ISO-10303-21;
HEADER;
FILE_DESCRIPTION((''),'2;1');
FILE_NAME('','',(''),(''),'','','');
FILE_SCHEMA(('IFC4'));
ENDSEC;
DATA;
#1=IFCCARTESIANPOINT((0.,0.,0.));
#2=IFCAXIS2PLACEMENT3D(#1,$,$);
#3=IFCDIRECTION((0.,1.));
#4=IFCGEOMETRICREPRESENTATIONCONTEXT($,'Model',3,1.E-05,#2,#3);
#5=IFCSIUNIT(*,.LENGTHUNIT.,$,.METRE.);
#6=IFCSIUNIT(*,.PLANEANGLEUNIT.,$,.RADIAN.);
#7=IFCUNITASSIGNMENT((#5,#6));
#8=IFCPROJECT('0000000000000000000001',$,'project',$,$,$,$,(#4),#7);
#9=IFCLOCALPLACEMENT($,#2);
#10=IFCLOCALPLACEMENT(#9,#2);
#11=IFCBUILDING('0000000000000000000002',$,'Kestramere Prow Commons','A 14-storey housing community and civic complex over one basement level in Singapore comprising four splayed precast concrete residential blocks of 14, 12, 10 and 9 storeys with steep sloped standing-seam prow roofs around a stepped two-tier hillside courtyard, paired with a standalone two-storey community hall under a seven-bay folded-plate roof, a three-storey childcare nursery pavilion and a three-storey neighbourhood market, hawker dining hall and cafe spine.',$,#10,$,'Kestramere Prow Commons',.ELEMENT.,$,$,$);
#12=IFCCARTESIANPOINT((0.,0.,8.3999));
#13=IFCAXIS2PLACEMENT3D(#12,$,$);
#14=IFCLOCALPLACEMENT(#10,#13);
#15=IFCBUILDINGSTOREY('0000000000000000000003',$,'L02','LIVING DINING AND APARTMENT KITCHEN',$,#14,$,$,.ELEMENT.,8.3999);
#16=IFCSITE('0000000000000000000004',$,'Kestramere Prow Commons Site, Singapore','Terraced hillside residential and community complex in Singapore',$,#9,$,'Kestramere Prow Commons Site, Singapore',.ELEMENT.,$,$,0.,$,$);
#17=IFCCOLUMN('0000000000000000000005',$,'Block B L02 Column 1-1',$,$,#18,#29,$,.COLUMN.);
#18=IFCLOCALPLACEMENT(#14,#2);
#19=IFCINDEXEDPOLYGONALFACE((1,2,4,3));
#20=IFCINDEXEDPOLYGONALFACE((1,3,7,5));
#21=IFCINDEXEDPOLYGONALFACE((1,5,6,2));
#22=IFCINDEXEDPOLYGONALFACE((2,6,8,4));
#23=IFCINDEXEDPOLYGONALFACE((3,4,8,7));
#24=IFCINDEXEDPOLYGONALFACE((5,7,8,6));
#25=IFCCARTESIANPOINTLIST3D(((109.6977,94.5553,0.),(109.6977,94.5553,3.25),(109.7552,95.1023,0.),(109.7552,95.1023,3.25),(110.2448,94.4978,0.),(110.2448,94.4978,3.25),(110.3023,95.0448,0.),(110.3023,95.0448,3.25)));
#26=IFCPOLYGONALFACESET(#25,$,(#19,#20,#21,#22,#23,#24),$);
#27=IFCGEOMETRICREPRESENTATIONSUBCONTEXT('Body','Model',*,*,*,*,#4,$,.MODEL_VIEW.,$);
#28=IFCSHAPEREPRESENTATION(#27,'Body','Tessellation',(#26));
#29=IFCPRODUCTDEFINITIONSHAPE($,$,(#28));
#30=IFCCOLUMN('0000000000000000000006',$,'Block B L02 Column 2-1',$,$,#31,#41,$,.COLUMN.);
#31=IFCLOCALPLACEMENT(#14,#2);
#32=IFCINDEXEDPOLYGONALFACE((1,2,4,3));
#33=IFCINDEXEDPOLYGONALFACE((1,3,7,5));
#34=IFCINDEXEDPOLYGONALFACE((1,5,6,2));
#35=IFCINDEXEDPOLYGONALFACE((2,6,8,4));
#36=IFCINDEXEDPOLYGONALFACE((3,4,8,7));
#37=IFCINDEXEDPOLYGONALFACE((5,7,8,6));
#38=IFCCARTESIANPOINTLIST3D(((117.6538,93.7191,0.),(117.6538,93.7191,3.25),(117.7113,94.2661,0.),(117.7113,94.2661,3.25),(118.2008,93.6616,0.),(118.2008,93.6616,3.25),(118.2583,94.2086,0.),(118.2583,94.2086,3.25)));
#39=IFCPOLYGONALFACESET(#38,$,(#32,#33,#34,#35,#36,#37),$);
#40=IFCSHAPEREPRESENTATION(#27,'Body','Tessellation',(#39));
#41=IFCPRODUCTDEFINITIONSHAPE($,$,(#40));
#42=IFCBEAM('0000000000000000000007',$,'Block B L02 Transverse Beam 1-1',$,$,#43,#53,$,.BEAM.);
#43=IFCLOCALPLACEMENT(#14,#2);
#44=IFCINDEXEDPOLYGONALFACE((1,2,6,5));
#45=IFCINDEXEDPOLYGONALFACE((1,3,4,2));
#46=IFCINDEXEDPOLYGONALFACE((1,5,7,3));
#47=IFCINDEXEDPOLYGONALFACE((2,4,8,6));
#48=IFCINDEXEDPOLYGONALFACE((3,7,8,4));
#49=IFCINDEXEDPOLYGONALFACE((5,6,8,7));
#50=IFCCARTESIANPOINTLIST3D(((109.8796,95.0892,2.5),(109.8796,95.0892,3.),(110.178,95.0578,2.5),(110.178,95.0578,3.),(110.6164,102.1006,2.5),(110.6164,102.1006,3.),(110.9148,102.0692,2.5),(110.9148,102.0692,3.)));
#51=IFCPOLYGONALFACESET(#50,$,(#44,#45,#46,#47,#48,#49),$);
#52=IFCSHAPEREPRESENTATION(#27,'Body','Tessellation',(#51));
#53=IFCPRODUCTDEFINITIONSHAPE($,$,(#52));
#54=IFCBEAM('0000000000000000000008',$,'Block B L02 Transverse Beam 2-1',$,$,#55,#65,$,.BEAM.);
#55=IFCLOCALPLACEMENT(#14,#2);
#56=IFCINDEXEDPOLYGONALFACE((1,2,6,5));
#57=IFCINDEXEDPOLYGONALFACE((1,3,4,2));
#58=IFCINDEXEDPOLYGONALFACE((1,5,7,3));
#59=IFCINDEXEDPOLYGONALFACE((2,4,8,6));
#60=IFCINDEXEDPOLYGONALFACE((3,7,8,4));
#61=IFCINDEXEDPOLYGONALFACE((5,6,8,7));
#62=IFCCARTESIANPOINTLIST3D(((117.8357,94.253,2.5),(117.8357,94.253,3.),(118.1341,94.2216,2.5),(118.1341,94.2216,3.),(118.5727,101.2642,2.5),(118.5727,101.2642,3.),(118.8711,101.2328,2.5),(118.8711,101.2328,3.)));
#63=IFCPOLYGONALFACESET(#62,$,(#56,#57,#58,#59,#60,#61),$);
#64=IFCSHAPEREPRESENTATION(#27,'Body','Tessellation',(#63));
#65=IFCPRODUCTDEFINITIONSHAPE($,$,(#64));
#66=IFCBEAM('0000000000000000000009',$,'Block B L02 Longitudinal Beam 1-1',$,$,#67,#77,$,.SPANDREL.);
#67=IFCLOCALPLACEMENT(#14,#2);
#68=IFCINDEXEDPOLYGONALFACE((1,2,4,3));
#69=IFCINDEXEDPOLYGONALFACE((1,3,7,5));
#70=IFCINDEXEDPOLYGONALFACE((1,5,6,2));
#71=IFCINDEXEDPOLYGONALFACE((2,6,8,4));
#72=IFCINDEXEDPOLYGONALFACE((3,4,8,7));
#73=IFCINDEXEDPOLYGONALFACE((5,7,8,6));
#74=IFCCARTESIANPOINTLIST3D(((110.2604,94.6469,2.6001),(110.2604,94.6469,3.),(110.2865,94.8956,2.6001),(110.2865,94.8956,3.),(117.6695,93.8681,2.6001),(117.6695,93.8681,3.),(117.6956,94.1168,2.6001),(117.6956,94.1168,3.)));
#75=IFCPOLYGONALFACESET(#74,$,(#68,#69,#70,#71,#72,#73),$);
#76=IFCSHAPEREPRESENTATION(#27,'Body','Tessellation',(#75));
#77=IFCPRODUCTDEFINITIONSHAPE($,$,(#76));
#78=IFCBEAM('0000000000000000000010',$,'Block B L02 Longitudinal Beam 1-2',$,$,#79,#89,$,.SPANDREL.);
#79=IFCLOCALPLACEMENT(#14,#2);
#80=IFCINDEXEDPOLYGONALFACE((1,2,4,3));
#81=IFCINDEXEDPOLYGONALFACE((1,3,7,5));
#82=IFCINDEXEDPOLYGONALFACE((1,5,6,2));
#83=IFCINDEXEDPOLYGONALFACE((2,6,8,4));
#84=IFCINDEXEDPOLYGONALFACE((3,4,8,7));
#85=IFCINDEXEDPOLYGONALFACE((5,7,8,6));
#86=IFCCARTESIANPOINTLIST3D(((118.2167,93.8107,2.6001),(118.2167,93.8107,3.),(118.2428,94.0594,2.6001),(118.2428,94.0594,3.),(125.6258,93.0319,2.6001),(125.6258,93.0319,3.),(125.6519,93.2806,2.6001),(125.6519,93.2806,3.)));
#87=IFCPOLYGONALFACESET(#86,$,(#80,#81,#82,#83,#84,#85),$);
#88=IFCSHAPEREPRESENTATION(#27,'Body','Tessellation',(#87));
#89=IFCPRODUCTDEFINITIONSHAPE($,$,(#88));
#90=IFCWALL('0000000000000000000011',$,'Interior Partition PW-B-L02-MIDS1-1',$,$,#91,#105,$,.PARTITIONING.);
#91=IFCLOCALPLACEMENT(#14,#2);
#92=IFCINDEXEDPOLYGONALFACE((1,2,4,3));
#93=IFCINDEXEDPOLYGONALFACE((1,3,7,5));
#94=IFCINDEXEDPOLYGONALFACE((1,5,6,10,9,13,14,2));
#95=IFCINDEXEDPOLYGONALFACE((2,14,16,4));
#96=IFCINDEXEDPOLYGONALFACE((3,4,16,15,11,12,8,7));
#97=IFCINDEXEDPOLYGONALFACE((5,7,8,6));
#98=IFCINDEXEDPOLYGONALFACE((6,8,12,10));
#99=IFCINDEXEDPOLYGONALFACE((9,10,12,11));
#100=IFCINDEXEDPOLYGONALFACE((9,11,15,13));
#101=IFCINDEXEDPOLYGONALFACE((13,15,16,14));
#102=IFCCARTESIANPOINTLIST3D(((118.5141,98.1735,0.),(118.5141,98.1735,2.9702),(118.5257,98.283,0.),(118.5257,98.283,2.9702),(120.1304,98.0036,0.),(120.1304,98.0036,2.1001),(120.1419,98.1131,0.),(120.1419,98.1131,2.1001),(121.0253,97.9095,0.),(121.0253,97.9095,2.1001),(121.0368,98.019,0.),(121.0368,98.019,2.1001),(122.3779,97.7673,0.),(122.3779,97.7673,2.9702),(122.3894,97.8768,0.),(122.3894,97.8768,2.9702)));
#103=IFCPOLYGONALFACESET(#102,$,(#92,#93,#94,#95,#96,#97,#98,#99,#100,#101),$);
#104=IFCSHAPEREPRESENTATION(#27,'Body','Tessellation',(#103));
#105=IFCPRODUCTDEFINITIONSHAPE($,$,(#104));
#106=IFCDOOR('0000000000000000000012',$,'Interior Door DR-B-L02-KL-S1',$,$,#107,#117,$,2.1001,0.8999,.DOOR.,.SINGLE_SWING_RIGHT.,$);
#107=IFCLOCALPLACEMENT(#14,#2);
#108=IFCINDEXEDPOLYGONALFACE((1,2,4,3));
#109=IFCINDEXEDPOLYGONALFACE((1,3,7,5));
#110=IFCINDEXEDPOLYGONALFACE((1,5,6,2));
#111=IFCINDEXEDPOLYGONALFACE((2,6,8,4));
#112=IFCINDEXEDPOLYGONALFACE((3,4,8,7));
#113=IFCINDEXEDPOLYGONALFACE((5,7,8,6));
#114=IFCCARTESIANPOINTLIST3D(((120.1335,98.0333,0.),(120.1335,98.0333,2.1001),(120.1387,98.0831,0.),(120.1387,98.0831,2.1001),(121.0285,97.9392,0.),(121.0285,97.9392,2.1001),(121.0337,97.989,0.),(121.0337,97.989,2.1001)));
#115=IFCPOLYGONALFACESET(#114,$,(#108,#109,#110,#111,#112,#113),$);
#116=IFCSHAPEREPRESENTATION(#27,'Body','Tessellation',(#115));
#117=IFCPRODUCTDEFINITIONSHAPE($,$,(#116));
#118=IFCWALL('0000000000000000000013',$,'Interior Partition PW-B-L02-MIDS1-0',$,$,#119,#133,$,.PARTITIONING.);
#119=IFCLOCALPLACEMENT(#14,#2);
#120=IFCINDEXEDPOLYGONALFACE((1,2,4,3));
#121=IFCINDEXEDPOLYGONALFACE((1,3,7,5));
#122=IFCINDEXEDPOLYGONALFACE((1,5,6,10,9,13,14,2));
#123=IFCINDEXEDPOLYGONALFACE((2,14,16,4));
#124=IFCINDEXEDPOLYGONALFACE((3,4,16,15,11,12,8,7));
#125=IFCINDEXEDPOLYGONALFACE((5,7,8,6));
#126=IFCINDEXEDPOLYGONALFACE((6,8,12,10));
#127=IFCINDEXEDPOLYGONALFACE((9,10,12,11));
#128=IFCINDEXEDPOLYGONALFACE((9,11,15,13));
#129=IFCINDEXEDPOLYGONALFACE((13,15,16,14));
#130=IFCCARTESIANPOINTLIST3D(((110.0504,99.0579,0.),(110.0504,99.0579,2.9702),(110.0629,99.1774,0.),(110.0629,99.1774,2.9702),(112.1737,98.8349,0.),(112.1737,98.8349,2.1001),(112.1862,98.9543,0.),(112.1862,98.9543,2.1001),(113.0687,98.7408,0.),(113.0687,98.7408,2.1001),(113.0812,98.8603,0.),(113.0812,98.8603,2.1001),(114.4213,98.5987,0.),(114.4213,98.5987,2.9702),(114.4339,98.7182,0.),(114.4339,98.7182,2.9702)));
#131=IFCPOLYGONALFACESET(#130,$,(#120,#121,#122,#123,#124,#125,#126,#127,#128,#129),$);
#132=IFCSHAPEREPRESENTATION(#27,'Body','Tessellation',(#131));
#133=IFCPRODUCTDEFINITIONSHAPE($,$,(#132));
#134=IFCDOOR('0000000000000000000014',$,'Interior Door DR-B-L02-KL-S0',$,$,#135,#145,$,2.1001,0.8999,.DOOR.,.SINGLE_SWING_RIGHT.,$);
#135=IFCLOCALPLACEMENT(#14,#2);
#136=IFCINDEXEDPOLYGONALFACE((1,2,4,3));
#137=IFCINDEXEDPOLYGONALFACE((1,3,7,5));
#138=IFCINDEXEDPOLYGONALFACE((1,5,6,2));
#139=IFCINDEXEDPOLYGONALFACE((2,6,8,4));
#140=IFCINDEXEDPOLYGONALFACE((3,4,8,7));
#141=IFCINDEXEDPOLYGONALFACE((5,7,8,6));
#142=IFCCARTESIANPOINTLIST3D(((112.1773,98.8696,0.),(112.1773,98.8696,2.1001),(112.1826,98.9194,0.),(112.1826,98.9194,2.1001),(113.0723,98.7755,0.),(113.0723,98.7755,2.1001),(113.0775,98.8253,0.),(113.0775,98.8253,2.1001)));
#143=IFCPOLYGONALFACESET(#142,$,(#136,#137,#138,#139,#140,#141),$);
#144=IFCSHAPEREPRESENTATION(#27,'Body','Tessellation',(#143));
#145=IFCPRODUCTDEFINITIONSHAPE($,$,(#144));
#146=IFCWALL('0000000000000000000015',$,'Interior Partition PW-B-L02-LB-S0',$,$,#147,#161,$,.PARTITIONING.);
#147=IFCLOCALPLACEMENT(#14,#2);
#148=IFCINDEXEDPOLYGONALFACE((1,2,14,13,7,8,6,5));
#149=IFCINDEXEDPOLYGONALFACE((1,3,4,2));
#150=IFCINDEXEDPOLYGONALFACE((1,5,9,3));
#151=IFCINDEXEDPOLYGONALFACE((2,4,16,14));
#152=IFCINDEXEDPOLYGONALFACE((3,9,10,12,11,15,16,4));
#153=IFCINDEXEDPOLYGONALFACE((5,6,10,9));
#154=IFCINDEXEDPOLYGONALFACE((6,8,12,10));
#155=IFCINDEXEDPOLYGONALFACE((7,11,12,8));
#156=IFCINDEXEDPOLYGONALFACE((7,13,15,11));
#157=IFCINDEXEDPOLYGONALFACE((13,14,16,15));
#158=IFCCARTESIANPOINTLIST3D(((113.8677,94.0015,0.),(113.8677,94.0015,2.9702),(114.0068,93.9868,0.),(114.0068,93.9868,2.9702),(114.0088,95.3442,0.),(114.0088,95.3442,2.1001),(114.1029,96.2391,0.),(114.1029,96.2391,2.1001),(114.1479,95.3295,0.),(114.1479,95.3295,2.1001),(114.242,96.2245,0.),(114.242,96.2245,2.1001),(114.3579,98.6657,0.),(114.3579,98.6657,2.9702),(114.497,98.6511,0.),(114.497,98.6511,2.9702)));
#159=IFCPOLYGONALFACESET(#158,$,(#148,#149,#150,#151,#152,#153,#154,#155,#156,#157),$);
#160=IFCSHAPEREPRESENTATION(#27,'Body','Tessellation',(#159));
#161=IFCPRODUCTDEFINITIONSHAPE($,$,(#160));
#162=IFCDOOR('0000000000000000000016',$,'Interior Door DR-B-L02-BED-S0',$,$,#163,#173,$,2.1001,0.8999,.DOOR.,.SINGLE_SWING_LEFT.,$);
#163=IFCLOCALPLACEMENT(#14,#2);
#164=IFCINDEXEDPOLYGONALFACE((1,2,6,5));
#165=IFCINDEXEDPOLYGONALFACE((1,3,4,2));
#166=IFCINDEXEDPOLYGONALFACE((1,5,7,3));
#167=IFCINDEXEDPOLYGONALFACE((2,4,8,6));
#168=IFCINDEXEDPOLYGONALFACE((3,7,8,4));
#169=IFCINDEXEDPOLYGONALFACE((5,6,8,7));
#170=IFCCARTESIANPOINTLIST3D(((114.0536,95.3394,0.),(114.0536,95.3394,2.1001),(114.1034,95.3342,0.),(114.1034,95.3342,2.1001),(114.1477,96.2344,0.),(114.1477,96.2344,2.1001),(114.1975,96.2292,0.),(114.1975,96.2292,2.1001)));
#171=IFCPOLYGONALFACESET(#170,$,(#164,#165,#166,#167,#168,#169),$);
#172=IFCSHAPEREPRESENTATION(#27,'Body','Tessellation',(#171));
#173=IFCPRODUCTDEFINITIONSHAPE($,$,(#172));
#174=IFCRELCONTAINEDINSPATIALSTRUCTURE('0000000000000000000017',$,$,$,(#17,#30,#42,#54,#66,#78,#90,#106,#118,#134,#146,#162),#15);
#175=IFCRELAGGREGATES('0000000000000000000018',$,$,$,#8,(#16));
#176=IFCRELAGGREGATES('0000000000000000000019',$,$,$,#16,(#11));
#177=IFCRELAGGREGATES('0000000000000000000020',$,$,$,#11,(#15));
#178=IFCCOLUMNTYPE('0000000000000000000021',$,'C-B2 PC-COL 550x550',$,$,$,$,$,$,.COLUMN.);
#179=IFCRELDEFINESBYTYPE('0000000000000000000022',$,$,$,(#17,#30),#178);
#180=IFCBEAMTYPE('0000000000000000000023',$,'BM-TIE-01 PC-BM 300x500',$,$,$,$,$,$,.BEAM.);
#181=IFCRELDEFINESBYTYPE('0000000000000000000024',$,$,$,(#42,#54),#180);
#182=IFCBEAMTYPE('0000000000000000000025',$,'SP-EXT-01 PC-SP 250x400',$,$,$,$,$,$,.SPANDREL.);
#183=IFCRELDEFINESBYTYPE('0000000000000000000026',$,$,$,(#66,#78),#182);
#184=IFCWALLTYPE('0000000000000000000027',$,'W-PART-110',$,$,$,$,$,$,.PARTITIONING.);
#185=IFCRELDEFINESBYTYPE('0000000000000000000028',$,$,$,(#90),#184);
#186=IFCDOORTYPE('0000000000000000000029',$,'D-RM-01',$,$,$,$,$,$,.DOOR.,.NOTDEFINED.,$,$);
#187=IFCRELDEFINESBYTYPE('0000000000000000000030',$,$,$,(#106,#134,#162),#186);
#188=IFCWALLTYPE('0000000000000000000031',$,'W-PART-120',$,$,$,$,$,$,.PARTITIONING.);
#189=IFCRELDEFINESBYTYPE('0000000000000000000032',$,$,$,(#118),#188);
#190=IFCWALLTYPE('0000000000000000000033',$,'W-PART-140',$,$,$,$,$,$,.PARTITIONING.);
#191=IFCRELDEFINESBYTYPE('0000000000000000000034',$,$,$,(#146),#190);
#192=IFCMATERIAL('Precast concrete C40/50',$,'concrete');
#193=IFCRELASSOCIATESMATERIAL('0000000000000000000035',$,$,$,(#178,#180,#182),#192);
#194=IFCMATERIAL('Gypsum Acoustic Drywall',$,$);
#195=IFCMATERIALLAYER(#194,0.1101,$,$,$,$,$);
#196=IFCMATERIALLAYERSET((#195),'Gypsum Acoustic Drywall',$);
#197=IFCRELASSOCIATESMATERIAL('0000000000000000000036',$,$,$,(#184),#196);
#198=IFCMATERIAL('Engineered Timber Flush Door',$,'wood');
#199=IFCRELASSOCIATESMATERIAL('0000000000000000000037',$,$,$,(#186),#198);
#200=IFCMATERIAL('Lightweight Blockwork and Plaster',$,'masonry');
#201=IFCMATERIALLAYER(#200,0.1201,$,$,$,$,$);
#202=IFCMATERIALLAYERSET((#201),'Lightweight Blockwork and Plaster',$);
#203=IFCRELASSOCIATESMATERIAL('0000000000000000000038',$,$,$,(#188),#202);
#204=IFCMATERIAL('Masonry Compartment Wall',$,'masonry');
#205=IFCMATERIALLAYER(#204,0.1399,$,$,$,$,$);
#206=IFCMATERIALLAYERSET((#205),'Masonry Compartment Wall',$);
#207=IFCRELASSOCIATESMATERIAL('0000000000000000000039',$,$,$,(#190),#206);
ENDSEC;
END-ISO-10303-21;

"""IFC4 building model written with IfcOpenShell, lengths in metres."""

from ifc_helpers import new_model, si_unit, direction, frame, frame_2d, origin, origin_2d, place, context, subcontext, project, spatial, rectangle, extrude, material, layer, layer_set, material_profile, profile_set, type_object, element, fill, save


model = new_model("IFC4")

# Units and contexts
model_context = context("Model", 3, precision=1e-05, world=origin(), true_north=direction((0.0, 1.0)))
body_context = subcontext(model_context, "Body", "Model", "MODEL_VIEW")
ifc_project = project(units=[si_unit("LENGTHUNIT", "METRE"), si_unit("PLANEANGLEUNIT", "RADIAN")], contexts=[model_context])

# Site, building, storey
site_placement = place(None, origin())
site = spatial("IfcSite", under=ifc_project, at=site_placement, Name="Kestramere Prow Commons Site, Singapore", Description="Terraced hillside residential and community complex in Singapore", LongName="Kestramere Prow Commons Site, Singapore", CompositionType="ELEMENT", RefElevation=0.0)
building_placement = place(site_placement, origin())
building = spatial("IfcBuilding", under=site, at=building_placement, Name="Kestramere Prow Commons", Description="A 14-storey housing community and civic complex over one basement level in Singapore comprising four splayed precast concrete residential blocks of 14, 12, 10 and 9 storeys with steep sloped standing-seam prow roofs around a stepped two-tier hillside courtyard, paired with a standalone two-storey community hall under a seven-bay folded-plate roof, a three-storey childcare nursery pavilion and a three-storey neighbourhood market, hawker dining hall and cafe spine.", LongName="Kestramere Prow Commons", CompositionType="ELEMENT")
storey_placement = place(building_placement, frame((0.0, 0.0, 8.3999)))
storey = spatial("IfcBuildingStorey", under=building, at=storey_placement, Name="L02", Description="LIVING DINING AND APARTMENT KITCHEN", CompositionType="ELEMENT", Elevation=8.3999)

# Columns
ifc_material_1 = material(Name="Precast concrete C40/50", Category="concrete")
ifc_material_profile_1 = material_profile(ifc_material_1, rectangle(XDim=0.55, YDim=0.55, at=origin_2d()), Name="PC-COL 550x550")
ifc_profile_set_1 = profile_set([ifc_material_profile_1], Name="Precast concrete C40/50")
column_type = type_object("IfcColumnType", Name="C-B2 PC-COL 550x550", PredefinedType="COLUMN", material=ifc_profile_set_1)
for number, where, z_axis, x_axis, name in (
    (1, (110.0, 94.8, 0.0), (0.0, 0.0, 1.0), (0.994522, -0.104528, 0.0), "Block B L02 Column 1-1"),
    (2, (117.9561, 93.9639, 0.0), (0.0, 0.0, 1.0), (0.994522, -0.104528, 0.0), "Block B L02 Column 2-1"),
):
    element("IfcColumn", number, at=place(storey_placement, frame(where, z_axis=z_axis, x_axis=x_axis)), inside=storey, type_object=column_type, Name=name, PredefinedType="COLUMN", context=body_context, shape_type="SweptSolid", body=[
        extrude(rectangle(XDim=0.55, YDim=0.55, at=origin_2d()), origin(), (0.0, 0.0, 1.0), 3.25),
    ])

# Beams
ifc_material_profile_2 = material_profile(ifc_material_1, rectangle(XDim=0.3, YDim=0.5, at=origin_2d()), Name="PC-BM 300x500")
ifc_profile_set_2 = profile_set([ifc_material_profile_2], Name="Precast concrete C40/50")
beam_type_1 = type_object("IfcBeamType", Name="BM-TIE-01 PC-BM 300x500", PredefinedType="BEAM", material=ifc_profile_set_2)
beam_1_placement = place(storey_placement, frame((110.0288, 95.0735, 2.75), z_axis=(0.104512, 0.994524, 0.0), x_axis=(-0.994524, 0.104512, 0.0)))
element("IfcBeam", 3, at=beam_1_placement, inside=storey, type_object=beam_type_1, Name="Block B L02 Transverse Beam 1-1", PredefinedType="BEAM", context=body_context, shape_type="SweptSolid", body=[
    extrude(rectangle(XDim=0.3, YDim=0.5, at=origin_2d()), origin(), (0.0, 0.0, 1.0), 7.05),
])
beam_2_placement = place(storey_placement, frame((117.9849, 94.2373, 2.75), z_axis=(0.10455, 0.99452, 0.0), x_axis=(-0.99452, 0.10455, 0.0)))
element("IfcBeam", 4, at=beam_2_placement, inside=storey, type_object=beam_type_1, Name="Block B L02 Transverse Beam 2-1", PredefinedType="BEAM", context=body_context, shape_type="SweptSolid", body=[
    extrude(rectangle(XDim=0.3, YDim=0.5, at=origin_2d()), origin(), (0.0, 0.0, 1.0), 7.0498),
])
ifc_material_profile_3 = material_profile(ifc_material_1, rectangle(XDim=0.25, YDim=0.3999, at=origin_2d()), Name="PC-SP 250x400")
ifc_profile_set_3 = profile_set([ifc_material_profile_3], Name="Precast concrete C40/50")
beam_type_2 = type_object("IfcBeamType", Name="SP-EXT-01 PC-SP 250x400", PredefinedType="SPANDREL", material=ifc_profile_set_3)
for number, where, z_axis, x_axis, name in (
    (5, (110.2734, 94.7712, 2.8), (0.994521, -0.104538, 0.0), (0.104538, 0.994521, 0.0), "Block B L02 Longitudinal Beam 1-1"),
    (6, (118.2297, 93.9351, 2.8), (0.994521, -0.104538, 0.0), (0.104538, 0.994521, 0.0), "Block B L02 Longitudinal Beam 1-2"),
):
    element("IfcBeam", number, at=place(storey_placement, frame(where, z_axis=z_axis, x_axis=x_axis)), inside=storey, type_object=beam_type_2, Name=name, PredefinedType="SPANDREL", context=body_context, shape_type="SweptSolid", body=[
        extrude(rectangle(XDim=0.25, YDim=0.3999, at=origin_2d()), origin(), (0.0, 0.0, 1.0), 7.45),
    ])

# Walls, openings, doors
ifc_material_2 = material(Name="Gypsum Acoustic Drywall")
ifc_layer_1 = layer(ifc_material_2, 0.1101)
ifc_layer_set_1 = layer_set([ifc_layer_1], Name="Gypsum Acoustic Drywall")
wall_type_1 = type_object("IfcWallType", Name="W-PART-110", PredefinedType="PARTITIONING", material=ifc_layer_set_1)
wall_1_placement = place(storey_placement, frame((118.52, 98.2283, 0.0), z_axis=(0.0, 0.0, 1.0), x_axis=(0.994518, -0.104567, 0.0)))
wall_1 = element("IfcWall", 7, at=wall_1_placement, inside=storey, type_object=wall_type_1, Name="Interior Partition PW-B-L02-MIDS1-1", PredefinedType="PARTITIONING", context=body_context, shape_type="SweptSolid", body=[
    extrude(rectangle(XDim=3.885, YDim=0.1101, at=frame_2d((1.9424, 0.0))), origin(), (0.0, 0.0, 1.0), 2.9702),
])
opening_1_placement = place(wall_1_placement, frame((1.625, 0.0, 0.0)))
opening_1 = element("IfcOpeningElement", 8, at=opening_1_placement, cuts=wall_1, PredefinedType="OPENING", context=body_context, shape_type="SweptSolid", body=[
    extrude(rectangle(XDim=0.8999, YDim=2.1001, at=frame_2d((0.45, 1.05))), frame((0.0, 0.0701, 0.0), z_axis=(0.0, -1.0, 0.0), x_axis=(1.0, 0.0, 0.0)), (0.0, 0.0, 1.0), 0.1401),
])
ifc_material_3 = material(Name="Engineered Timber Flush Door", Category="wood")
door_type_1 = type_object("IfcDoorType", Name="D-RM-01", OperationType="NOTDEFINED", PredefinedType="DOOR", material=ifc_material_3)
door_1_placement = place(opening_1_placement, origin())
door_1 = element("IfcDoor", 9, at=door_1_placement, inside=storey, type_object=door_type_1, Name="Interior Door DR-B-L02-KL-S1", OperationType="SINGLE_SWING_RIGHT", OverallHeight=2.1001, OverallWidth=0.8999, PredefinedType="DOOR", context=body_context, shape_type="SweptSolid", body=[
    extrude(rectangle(XDim=0.8999, YDim=2.1001, at=frame_2d((0.45, 1.05))), frame((0.0, 0.0249, 0.0), z_axis=(0.0, -1.0, 0.0), x_axis=(1.0, 0.0, 0.0)), (0.0, 0.0, 1.0), 0.05),
])
fill(opening_1, door_1)
ifc_material_4 = material(Name="Lightweight Blockwork and Plaster", Category="masonry")
ifc_layer_2 = layer(ifc_material_4, 0.1201)
ifc_layer_set_2 = layer_set([ifc_layer_2], Name="Lightweight Blockwork and Plaster")
wall_type_2 = type_object("IfcWallType", Name="W-PART-120", PredefinedType="PARTITIONING", material=ifc_layer_set_2)
wall_2_placement = place(storey_placement, frame((110.0566, 99.1177, 0.0), z_axis=(0.0, 0.0, 1.0), x_axis=(0.994526, -0.104491, 0.0)))
wall_2 = element("IfcWall", 10, at=wall_2_placement, inside=storey, type_object=wall_type_2, Name="Interior Partition PW-B-L02-MIDS1-0", PredefinedType="PARTITIONING", context=body_context, shape_type="SweptSolid", body=[
    extrude(rectangle(XDim=4.395, YDim=0.1201, at=frame_2d((2.1975, 0.0))), origin(), (0.0, 0.0, 1.0), 2.9702),
])
opening_2_placement = place(wall_2_placement, frame((2.135, 0.0, 0.0)))
opening_2 = element("IfcOpeningElement", 11, at=opening_2_placement, cuts=wall_2, PredefinedType="OPENING", context=body_context, shape_type="SweptSolid", body=[
    extrude(rectangle(XDim=0.8999, YDim=2.1001, at=frame_2d((0.45, 1.05))), frame((0.0, 0.075, 0.0), z_axis=(0.0, -1.0, 0.0), x_axis=(1.0, 0.0, 0.0)), (0.0, 0.0, 1.0), 0.1501),
])
door_2_placement = place(opening_2_placement, origin())
door_2 = element("IfcDoor", 12, at=door_2_placement, inside=storey, type_object=door_type_1, Name="Interior Door DR-B-L02-KL-S0", OperationType="SINGLE_SWING_RIGHT", OverallHeight=2.1001, OverallWidth=0.8999, PredefinedType="DOOR", context=body_context, shape_type="SweptSolid", body=[
    extrude(rectangle(XDim=0.8999, YDim=2.1001, at=frame_2d((0.45, 1.05))), frame((0.0, 0.0249, 0.0), z_axis=(0.0, -1.0, 0.0), x_axis=(1.0, 0.0, 0.0)), (0.0, 0.0, 1.0), 0.05),
])
fill(opening_2, door_2)
ifc_material_5 = material(Name="Masonry Compartment Wall", Category="masonry")
ifc_layer_3 = layer(ifc_material_5, 0.1399)
ifc_layer_set_3 = layer_set([ifc_layer_3], Name="Masonry Compartment Wall")
wall_type_3 = type_object("IfcWallType", Name="W-PART-140", PredefinedType="PARTITIONING", material=ifc_layer_set_3)
wall_3_placement = place(storey_placement, frame((113.9373, 93.9941, 0.0), z_axis=(0.0, 0.0, 1.0), x_axis=(0.104528, 0.994522, 0.0)))
wall_3 = element("IfcWall", 13, at=wall_3_placement, inside=storey, type_object=wall_type_3, Name="Interior Partition PW-B-L02-LB-S0", PredefinedType="PARTITIONING", context=body_context, shape_type="SweptSolid", body=[
    extrude(rectangle(XDim=4.6899, YDim=0.1399, at=frame_2d((2.345, 0.0))), origin(), (0.0, 0.0, 1.0), 2.9702),
])
opening_3_placement = place(wall_3_placement, frame((1.3501, 0.0, 0.0)))
opening_3 = element("IfcOpeningElement", 14, at=opening_3_placement, cuts=wall_3, PredefinedType="OPENING", context=body_context, shape_type="SweptSolid", body=[
    extrude(rectangle(XDim=0.8999, YDim=2.1001, at=frame_2d((0.45, 1.05))), frame((0.0, 0.085, 0.0), z_axis=(0.0, -1.0, 0.0), x_axis=(1.0, 0.0, 0.0)), (0.0, 0.0, 1.0), 0.1699),
])
door_3_placement = place(opening_3_placement, origin())
door_3 = element("IfcDoor", 15, at=door_3_placement, inside=storey, type_object=door_type_1, Name="Interior Door DR-B-L02-BED-S0", OperationType="SINGLE_SWING_LEFT", OverallHeight=2.1001, OverallWidth=0.8999, PredefinedType="DOOR", context=body_context, shape_type="SweptSolid", body=[
    extrude(rectangle(XDim=0.8999, YDim=2.1001, at=frame_2d((0.45, 1.05))), frame((0.0, 0.0249, 0.0), z_axis=(0.0, -1.0, 0.0), x_axis=(1.0, 0.0, 0.0)), (0.0, 0.0, 1.0), 0.05),
])
fill(opening_3, door_3)

save(model, "model.ifc")
